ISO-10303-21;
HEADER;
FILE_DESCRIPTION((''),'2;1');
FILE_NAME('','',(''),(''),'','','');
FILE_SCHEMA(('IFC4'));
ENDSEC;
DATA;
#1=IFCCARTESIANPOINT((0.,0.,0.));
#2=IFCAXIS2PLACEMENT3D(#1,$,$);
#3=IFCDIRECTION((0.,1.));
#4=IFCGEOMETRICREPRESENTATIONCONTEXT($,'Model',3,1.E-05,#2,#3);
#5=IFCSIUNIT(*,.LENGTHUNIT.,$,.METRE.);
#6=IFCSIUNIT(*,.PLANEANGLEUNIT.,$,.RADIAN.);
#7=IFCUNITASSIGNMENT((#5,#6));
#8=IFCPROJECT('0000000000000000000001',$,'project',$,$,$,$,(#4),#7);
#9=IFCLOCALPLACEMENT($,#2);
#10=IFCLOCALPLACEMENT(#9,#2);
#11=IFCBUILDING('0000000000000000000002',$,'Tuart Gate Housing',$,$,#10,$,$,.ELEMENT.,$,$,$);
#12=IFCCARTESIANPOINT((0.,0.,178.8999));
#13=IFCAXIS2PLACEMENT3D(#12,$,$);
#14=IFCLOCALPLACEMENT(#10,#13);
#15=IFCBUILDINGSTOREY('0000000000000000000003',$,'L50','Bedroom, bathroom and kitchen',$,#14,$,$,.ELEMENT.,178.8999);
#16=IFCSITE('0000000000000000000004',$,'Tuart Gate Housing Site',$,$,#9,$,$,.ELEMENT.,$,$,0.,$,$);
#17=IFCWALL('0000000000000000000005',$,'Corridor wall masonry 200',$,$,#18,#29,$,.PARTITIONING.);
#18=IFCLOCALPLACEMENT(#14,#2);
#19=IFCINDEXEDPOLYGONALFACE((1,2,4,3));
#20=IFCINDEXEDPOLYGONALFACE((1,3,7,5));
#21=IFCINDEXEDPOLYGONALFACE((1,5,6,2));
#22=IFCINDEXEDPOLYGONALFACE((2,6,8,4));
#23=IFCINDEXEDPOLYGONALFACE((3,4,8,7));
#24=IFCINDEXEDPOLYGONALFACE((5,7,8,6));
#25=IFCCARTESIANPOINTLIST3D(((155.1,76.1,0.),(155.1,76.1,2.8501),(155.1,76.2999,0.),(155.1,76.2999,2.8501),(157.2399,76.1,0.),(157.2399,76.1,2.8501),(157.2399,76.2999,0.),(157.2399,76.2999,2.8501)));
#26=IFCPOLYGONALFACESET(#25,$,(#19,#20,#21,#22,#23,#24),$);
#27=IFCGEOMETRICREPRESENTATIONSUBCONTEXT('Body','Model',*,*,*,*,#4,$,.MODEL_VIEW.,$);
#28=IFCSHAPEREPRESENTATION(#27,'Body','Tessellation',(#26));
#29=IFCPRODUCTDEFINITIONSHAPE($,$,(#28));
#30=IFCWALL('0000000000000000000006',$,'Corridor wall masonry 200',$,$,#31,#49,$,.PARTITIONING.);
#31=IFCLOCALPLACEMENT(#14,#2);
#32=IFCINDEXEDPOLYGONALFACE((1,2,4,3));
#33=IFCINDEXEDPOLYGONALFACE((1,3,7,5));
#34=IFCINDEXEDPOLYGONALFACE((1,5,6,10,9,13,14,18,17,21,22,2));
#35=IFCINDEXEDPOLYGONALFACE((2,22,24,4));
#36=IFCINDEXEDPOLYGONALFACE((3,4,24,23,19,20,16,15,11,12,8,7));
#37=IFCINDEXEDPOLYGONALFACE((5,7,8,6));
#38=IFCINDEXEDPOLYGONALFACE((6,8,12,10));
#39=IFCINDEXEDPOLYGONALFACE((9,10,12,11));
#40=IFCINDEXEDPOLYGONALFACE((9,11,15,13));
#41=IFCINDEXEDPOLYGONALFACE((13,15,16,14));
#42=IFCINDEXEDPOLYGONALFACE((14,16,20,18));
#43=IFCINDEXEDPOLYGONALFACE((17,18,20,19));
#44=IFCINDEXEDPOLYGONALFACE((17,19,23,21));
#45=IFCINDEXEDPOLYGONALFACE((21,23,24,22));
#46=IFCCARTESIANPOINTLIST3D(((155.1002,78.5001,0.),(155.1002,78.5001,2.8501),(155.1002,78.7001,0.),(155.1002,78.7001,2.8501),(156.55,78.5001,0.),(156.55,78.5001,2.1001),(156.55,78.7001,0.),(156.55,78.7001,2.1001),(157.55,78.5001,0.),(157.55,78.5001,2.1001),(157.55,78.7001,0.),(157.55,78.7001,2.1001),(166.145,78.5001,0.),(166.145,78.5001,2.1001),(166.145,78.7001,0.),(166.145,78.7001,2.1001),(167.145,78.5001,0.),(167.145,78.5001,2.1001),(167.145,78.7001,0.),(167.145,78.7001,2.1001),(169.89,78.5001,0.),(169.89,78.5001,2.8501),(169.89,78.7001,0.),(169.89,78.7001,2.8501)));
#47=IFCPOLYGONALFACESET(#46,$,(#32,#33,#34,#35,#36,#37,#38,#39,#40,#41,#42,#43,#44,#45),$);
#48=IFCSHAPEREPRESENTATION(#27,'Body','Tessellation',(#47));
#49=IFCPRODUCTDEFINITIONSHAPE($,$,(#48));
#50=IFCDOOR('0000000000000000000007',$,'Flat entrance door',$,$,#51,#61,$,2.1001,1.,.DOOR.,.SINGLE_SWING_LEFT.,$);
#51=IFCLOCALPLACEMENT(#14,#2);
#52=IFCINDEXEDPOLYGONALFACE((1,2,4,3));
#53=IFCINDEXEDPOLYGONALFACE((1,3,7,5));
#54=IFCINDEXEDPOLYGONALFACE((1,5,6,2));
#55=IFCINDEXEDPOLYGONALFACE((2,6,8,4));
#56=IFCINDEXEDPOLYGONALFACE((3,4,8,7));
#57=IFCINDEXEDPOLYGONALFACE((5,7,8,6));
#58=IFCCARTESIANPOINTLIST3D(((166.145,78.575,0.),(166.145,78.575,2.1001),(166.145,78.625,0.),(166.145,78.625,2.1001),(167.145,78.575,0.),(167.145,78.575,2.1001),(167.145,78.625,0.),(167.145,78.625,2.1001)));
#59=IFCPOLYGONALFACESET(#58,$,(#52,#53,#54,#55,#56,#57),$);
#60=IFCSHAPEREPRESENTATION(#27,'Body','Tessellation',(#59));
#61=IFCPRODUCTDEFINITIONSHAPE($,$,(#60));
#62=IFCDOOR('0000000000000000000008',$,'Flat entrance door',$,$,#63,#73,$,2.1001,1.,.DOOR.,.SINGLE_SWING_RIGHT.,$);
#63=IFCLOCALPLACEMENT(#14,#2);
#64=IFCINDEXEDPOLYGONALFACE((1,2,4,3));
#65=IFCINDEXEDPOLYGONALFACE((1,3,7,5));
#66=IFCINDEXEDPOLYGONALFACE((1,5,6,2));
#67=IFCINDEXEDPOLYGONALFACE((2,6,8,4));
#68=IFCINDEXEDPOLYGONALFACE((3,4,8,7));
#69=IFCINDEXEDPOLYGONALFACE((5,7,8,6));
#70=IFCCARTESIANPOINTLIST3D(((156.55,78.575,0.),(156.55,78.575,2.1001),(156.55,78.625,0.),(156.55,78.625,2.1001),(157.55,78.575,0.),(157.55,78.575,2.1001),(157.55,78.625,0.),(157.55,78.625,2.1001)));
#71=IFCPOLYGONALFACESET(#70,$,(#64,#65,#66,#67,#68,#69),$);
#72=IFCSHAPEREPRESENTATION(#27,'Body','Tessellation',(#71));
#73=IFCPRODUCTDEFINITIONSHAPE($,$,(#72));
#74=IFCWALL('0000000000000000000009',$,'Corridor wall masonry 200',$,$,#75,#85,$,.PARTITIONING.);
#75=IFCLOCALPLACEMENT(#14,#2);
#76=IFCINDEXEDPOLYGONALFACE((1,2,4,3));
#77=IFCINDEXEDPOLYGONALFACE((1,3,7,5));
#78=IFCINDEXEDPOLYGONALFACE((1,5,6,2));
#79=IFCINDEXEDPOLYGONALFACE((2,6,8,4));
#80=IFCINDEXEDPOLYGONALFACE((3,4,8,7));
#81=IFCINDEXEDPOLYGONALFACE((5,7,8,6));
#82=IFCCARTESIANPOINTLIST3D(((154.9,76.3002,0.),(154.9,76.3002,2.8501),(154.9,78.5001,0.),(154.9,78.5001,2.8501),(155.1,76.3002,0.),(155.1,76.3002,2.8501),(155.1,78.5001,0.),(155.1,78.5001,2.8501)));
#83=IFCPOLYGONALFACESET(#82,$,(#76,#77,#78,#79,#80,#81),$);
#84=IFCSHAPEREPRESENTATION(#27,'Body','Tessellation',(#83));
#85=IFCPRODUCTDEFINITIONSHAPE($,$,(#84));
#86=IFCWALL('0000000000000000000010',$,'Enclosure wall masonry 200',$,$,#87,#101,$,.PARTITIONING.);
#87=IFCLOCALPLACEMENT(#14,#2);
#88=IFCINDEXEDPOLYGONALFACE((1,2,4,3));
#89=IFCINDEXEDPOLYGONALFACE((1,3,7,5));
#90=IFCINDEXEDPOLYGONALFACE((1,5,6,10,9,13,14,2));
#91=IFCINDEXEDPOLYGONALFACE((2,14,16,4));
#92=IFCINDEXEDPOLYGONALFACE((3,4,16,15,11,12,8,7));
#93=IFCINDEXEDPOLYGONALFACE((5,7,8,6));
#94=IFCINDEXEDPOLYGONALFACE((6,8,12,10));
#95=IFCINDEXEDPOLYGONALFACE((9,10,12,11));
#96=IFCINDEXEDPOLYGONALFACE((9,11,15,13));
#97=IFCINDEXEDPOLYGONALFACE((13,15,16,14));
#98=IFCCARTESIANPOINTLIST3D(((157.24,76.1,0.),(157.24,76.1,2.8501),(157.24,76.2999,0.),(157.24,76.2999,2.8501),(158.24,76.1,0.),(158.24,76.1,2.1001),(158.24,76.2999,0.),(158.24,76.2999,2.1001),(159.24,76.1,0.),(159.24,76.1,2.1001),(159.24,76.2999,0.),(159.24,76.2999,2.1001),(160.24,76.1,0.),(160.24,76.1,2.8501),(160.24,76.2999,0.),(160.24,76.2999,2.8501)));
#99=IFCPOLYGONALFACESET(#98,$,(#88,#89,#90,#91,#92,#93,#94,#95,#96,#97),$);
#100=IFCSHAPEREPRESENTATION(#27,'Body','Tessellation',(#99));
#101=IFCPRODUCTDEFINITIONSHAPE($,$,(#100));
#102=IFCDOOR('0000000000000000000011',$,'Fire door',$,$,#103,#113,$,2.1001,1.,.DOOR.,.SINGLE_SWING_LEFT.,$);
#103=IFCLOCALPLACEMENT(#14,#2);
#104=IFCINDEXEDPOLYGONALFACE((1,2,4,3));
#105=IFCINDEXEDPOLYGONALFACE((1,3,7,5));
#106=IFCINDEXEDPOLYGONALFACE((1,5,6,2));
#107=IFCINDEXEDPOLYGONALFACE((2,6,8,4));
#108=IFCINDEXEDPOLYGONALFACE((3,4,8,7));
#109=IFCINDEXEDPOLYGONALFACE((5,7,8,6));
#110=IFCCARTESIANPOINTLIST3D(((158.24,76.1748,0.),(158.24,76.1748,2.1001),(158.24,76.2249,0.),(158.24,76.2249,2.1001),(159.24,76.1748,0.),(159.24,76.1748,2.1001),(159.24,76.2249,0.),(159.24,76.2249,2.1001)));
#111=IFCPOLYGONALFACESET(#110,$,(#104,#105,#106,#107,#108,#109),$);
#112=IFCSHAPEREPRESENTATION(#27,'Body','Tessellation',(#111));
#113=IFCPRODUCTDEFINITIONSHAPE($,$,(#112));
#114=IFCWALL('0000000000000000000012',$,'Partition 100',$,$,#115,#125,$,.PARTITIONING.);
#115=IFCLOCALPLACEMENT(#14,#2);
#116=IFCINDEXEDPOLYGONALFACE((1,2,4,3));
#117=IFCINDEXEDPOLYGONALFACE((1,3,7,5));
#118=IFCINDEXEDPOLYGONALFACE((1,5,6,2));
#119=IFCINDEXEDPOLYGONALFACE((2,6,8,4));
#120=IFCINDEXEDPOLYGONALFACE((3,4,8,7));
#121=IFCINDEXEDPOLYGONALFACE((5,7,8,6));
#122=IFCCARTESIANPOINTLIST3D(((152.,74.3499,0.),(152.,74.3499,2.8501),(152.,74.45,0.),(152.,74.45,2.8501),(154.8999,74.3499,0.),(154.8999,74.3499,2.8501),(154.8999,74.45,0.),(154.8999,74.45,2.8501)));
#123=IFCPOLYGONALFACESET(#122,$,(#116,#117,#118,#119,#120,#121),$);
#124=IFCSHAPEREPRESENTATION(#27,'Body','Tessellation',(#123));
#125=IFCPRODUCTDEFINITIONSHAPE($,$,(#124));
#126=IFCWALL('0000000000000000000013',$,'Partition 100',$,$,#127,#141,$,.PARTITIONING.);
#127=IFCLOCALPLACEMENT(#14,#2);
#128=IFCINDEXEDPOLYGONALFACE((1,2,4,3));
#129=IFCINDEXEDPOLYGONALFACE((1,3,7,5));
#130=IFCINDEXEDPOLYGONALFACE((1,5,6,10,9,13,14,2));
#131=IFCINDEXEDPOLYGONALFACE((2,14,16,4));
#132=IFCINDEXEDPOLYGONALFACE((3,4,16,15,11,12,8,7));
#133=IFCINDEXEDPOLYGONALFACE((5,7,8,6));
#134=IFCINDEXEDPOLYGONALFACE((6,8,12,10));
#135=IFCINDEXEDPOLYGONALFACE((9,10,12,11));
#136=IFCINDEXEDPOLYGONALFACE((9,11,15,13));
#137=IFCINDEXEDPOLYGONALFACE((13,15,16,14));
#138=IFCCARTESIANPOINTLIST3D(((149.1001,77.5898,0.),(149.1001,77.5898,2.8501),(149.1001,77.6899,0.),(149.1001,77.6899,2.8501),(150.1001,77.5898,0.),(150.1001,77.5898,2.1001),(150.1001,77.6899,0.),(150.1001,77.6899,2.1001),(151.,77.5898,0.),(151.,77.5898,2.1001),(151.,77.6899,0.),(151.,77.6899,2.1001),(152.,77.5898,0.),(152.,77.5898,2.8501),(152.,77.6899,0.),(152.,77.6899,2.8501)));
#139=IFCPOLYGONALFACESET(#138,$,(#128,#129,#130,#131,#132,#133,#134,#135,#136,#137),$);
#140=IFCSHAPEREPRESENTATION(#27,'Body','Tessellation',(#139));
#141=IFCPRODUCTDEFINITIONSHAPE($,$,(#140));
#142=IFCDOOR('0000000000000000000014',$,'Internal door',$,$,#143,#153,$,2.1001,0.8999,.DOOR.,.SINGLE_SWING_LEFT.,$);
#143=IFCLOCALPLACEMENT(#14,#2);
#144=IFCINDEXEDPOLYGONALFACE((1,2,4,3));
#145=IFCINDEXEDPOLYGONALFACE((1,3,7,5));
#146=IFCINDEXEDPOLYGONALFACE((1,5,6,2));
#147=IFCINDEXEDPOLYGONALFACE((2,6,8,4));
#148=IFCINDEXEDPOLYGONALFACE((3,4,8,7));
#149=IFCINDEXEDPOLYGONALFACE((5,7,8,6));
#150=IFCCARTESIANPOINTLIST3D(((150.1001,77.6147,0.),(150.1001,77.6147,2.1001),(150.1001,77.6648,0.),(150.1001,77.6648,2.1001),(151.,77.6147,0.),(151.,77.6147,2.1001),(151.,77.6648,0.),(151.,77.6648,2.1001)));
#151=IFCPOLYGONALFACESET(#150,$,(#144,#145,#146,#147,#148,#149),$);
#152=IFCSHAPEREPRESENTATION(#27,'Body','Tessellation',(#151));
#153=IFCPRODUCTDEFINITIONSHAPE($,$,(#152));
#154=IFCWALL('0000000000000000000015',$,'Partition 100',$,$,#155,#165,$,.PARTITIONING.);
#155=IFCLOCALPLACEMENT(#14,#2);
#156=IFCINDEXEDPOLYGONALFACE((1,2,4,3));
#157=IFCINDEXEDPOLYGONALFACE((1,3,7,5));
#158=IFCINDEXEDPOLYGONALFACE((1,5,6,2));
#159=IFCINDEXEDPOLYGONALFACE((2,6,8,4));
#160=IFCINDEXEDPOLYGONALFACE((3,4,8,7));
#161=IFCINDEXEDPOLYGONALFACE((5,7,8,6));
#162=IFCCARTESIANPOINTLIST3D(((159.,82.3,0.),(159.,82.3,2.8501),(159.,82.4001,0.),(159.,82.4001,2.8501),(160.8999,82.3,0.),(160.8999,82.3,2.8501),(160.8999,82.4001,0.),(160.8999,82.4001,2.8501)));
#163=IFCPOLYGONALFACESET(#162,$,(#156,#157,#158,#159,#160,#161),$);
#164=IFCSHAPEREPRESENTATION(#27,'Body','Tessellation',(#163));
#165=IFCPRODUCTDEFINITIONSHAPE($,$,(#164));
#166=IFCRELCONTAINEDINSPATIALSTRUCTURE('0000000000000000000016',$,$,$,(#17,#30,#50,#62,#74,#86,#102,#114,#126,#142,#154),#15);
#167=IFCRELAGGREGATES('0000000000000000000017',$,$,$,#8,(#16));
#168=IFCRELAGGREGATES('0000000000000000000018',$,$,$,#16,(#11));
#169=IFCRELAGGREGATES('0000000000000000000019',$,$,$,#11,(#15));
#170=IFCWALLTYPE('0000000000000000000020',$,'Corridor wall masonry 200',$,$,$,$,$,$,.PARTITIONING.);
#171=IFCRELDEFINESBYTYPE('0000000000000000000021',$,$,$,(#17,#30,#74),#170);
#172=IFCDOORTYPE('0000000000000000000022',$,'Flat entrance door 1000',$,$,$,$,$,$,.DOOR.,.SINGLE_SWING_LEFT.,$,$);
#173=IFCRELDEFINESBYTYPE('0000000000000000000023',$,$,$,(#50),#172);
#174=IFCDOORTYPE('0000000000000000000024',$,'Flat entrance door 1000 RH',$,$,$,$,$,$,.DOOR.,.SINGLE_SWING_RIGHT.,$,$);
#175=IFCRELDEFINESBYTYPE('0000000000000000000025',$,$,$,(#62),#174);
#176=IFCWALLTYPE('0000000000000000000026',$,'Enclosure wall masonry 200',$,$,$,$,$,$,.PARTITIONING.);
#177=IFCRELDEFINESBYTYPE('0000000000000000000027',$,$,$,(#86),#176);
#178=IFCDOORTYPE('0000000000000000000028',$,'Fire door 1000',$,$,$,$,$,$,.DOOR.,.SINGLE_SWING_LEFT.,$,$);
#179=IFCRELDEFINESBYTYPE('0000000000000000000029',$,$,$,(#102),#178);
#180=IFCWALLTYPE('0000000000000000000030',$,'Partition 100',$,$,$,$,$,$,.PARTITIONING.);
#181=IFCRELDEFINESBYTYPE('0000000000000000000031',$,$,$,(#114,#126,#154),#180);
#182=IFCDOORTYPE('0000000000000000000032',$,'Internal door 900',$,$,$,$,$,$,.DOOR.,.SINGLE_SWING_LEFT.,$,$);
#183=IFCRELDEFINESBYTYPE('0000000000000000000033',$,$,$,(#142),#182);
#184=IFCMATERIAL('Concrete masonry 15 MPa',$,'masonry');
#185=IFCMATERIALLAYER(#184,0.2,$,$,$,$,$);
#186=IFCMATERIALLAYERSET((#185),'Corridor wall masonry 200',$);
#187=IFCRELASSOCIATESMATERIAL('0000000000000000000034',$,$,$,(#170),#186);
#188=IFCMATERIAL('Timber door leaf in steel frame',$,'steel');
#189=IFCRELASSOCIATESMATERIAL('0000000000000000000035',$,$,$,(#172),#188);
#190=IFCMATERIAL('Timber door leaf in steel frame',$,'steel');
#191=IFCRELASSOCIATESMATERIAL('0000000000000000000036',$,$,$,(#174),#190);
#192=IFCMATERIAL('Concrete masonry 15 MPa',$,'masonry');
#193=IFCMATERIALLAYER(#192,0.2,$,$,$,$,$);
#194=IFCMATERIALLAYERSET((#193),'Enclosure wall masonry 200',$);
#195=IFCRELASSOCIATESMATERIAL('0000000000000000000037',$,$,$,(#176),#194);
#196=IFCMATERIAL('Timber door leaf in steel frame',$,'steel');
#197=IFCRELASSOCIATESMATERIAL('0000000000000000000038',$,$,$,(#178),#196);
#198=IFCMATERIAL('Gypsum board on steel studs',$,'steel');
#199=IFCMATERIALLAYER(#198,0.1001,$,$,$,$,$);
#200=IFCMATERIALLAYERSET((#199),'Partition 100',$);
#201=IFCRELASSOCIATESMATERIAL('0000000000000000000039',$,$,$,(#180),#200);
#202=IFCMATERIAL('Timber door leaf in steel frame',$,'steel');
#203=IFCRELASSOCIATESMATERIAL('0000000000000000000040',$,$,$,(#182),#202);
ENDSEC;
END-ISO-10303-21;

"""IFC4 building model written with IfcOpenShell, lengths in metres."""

from ifc_helpers import new_model, si_unit, direction, frame, frame_2d, origin, place, context, subcontext, project, spatial, rectangle, extrude, material, layer, layer_set, type_object, element, fill, save


model = new_model("IFC4")

# Units and contexts
model_context = context("Model", 3, precision=1e-05, world=origin(), true_north=direction((0.0, 1.0)))
body_context = subcontext(model_context, "Body", "Model", "MODEL_VIEW")
ifc_project = project(units=[si_unit("LENGTHUNIT", "METRE"), si_unit("PLANEANGLEUNIT", "RADIAN")], contexts=[model_context])

# Site, building, storey
site_placement = place(None, origin())
site = spatial("IfcSite", under=ifc_project, at=site_placement, Name="Tuart Gate Housing Site", CompositionType="ELEMENT", RefElevation=0.0)
building_placement = place(site_placement, origin())
building = spatial("IfcBuilding", under=site, at=building_placement, Name="Tuart Gate Housing", CompositionType="ELEMENT")
storey_placement = place(building_placement, frame((0.0, 0.0, 178.8999)))
storey = spatial("IfcBuildingStorey", under=building, at=storey_placement, Name="L50", Description="Bedroom, bathroom and kitchen", CompositionType="ELEMENT", Elevation=178.8999)

# Wall
ifc_material_1 = material(Name="Concrete masonry 15 MPa", Category="masonry")
ifc_layer_1 = layer(ifc_material_1, 0.2)
ifc_layer_set_1 = layer_set([ifc_layer_1], Name="Corridor wall masonry 200")
wall_type_1 = type_object("IfcWallType", Name="Corridor wall masonry 200", PredefinedType="PARTITIONING", material=ifc_layer_set_1)
wall_1_placement = place(storey_placement, frame((155.1001, 76.2, 0.0), z_axis=(0.0, 0.0, 1.0), x_axis=(1.0, 0.0, 0.0)))
element("IfcWall", 1, at=wall_1_placement, inside=storey, type_object=wall_type_1, Name="Corridor wall masonry 200", PredefinedType="PARTITIONING", context=body_context, shape_type="SweptSolid", body=[
    extrude(rectangle(XDim=2.1399, YDim=0.2, at=frame_2d((1.0698, 0.0))), origin(), (0.0, 0.0, 1.0), 2.8501),
])

# Wall, openings, doors
wall_2_placement = place(storey_placement, frame((155.1001, 78.6001, 0.0), z_axis=(0.0, 0.0, 1.0), x_axis=(1.0, 0.0, 0.0)))
wall_2 = element("IfcWall", 2, at=wall_2_placement, inside=storey, type_object=wall_type_1, Name="Corridor wall masonry 200", PredefinedType="PARTITIONING", context=body_context, shape_type="SweptSolid", body=[
    extrude(rectangle(XDim=14.7898, YDim=0.2, at=frame_2d((7.395, 0.0))), origin(), (0.0, 0.0, 1.0), 2.8501),
])
opening_1_placement = place(wall_2_placement, frame((1.45, 0.0, 0.0)))
opening_1 = element("IfcOpeningElement", 3, at=opening_1_placement, cuts=wall_2, PredefinedType="OPENING", context=body_context, shape_type="SweptSolid", body=[
    extrude(rectangle(XDim=1.0, YDim=2.1001, at=frame_2d((0.5, 1.05))), frame((0.0, 0.1099, 0.0), z_axis=(0.0, -1.0, 0.0), x_axis=(1.0, 0.0, 0.0)), (0.0, 0.0, 1.0), 0.22),
])
opening_2_placement = place(wall_2_placement, frame((11.0449, 0.0, 0.0)))
opening_2 = element("IfcOpeningElement", 4, at=opening_2_placement, cuts=wall_2, PredefinedType="OPENING", context=body_context, shape_type="SweptSolid", body=[
    extrude(rectangle(XDim=1.0, YDim=2.1001, at=frame_2d((0.5, 1.05))), frame((0.0, 0.1099, 0.0), z_axis=(0.0, -1.0, 0.0), x_axis=(1.0, 0.0, 0.0)), (0.0, 0.0, 1.0), 0.22),
])
ifc_material_2 = material(Name="Timber door leaf in steel frame", Category="steel")
door_type_1 = type_object("IfcDoorType", Name="Flat entrance door 1000", OperationType="SINGLE_SWING_LEFT", PredefinedType="DOOR", material=ifc_material_2)
door_1_placement = place(opening_2_placement, origin())
door_1 = element("IfcDoor", 5, at=door_1_placement, inside=storey, type_object=door_type_1, Name="Flat entrance door", OperationType="SINGLE_SWING_LEFT", OverallHeight=2.1001, OverallWidth=1.0, PredefinedType="DOOR", context=body_context, shape_type="SweptSolid", body=[
    extrude(rectangle(XDim=1.0, YDim=2.1001, at=frame_2d((0.5, 1.05))), frame((0.0, 0.0249, 0.0), z_axis=(0.0, -1.0, 0.0), x_axis=(1.0, 0.0, 0.0)), (0.0, 0.0, 1.0), 0.05),
])
fill(opening_2, door_1)
ifc_material_3 = material(Name="Timber door leaf in steel frame", Category="steel")
door_type_2 = type_object("IfcDoorType", Name="Flat entrance door 1000 RH", OperationType="SINGLE_SWING_RIGHT", PredefinedType="DOOR", material=ifc_material_3)
door_2_placement = place(opening_1_placement, origin())
door_2 = element("IfcDoor", 6, at=door_2_placement, inside=storey, type_object=door_type_2, Name="Flat entrance door", OperationType="SINGLE_SWING_RIGHT", OverallHeight=2.1001, OverallWidth=1.0, PredefinedType="DOOR", context=body_context, shape_type="SweptSolid", body=[
    extrude(rectangle(XDim=1.0, YDim=2.1001, at=frame_2d((0.5, 1.05))), frame((0.0, 0.0249, 0.0), z_axis=(0.0, -1.0, 0.0), x_axis=(1.0, 0.0, 0.0)), (0.0, 0.0, 1.0), 0.05),
])
fill(opening_1, door_2)

# Wall
wall_3_placement = place(storey_placement, frame((155.0, 76.3, 0.0), z_axis=(0.0, 0.0, 1.0), x_axis=(0.0, 1.0, 0.0)))
element("IfcWall", 7, at=wall_3_placement, inside=storey, type_object=wall_type_1, Name="Corridor wall masonry 200", PredefinedType="PARTITIONING", context=body_context, shape_type="SweptSolid", body=[
    extrude(rectangle(XDim=2.2, YDim=0.2, at=frame_2d((1.1001, 0.0))), origin(), (0.0, 0.0, 1.0), 2.8501),
])

# Wall, opening, door
ifc_material_4 = material(Name="Concrete masonry 15 MPa", Category="masonry")
ifc_layer_2 = layer(ifc_material_4, 0.2)
ifc_layer_set_2 = layer_set([ifc_layer_2], Name="Enclosure wall masonry 200")
wall_type_2 = type_object("IfcWallType", Name="Enclosure wall masonry 200", PredefinedType="PARTITIONING", material=ifc_layer_set_2)
wall_4_placement = place(storey_placement, frame((157.24, 76.2, 0.0), z_axis=(0.0, 0.0, 1.0), x_axis=(1.0, 0.0, 0.0)))
wall_4 = element("IfcWall", 8, at=wall_4_placement, inside=storey, type_object=wall_type_2, Name="Enclosure wall masonry 200", PredefinedType="PARTITIONING", context=body_context, shape_type="SweptSolid", body=[
    extrude(rectangle(XDim=3.0, YDim=0.2, at=frame_2d((1.5, 0.0))), origin(), (0.0, 0.0, 1.0), 2.8501),
])
opening_3_placement = place(wall_4_placement, frame((1.0, 0.0, 0.0)))
opening_3 = element("IfcOpeningElement", 9, at=opening_3_placement, cuts=wall_4, PredefinedType="OPENING", context=body_context, shape_type="SweptSolid", body=[
    extrude(rectangle(XDim=1.0, YDim=2.1001, at=frame_2d((0.5, 1.05))), frame((0.0, 0.1099, 0.0), z_axis=(0.0, -1.0, 0.0), x_axis=(1.0, 0.0, 0.0)), (0.0, 0.0, 1.0), 0.22),
])
ifc_material_5 = material(Name="Timber door leaf in steel frame", Category="steel")
door_type_3 = type_object("IfcDoorType", Name="Fire door 1000", OperationType="SINGLE_SWING_LEFT", PredefinedType="DOOR", material=ifc_material_5)
door_3_placement = place(opening_3_placement, origin())
door_3 = element("IfcDoor", 10, at=door_3_placement, inside=storey, type_object=door_type_3, Name="Fire door", OperationType="SINGLE_SWING_LEFT", OverallHeight=2.1001, OverallWidth=1.0, PredefinedType="DOOR", context=body_context, shape_type="SweptSolid", body=[
    extrude(rectangle(XDim=1.0, YDim=2.1001, at=frame_2d((0.5, 1.05))), frame((0.0, 0.0249, 0.0), z_axis=(0.0, -1.0, 0.0), x_axis=(1.0, 0.0, 0.0)), (0.0, 0.0, 1.0), 0.05),
])
fill(opening_3, door_3)

# Wall
ifc_material_6 = material(Name="Gypsum board on steel studs", Category="steel")
ifc_layer_3 = layer(ifc_material_6, 0.1001)
ifc_layer_set_3 = layer_set([ifc_layer_3], Name="Partition 100")
wall_type_3 = type_object("IfcWallType", Name="Partition 100", PredefinedType="PARTITIONING", material=ifc_layer_set_3)
wall_5_placement = place(storey_placement, frame((152.0, 74.3999, 0.0), z_axis=(0.0, 0.0, 1.0), x_axis=(1.0, 0.0, 0.0)))
element("IfcWall", 11, at=wall_5_placement, inside=storey, type_object=wall_type_3, Name="Partition 100", PredefinedType="PARTITIONING", context=body_context, shape_type="SweptSolid", body=[
    extrude(rectangle(XDim=2.8999, YDim=0.1001, at=frame_2d((1.45, 0.0))), origin(), (0.0, 0.0, 1.0), 2.8501),
])

# Wall, opening, door
wall_6_placement = place(storey_placement, frame((149.1001, 77.6399, 0.0), z_axis=(0.0, 0.0, 1.0), x_axis=(1.0, 0.0, 0.0)))
wall_6 = element("IfcWall", 12, at=wall_6_placement, inside=storey, type_object=wall_type_3, Name="Partition 100", PredefinedType="PARTITIONING", context=body_context, shape_type="SweptSolid", body=[
    extrude(rectangle(XDim=2.8999, YDim=0.1001, at=frame_2d((1.45, 0.0))), origin(), (0.0, 0.0, 1.0), 2.8501),
])
opening_4_placement = place(wall_6_placement, frame((1.0, 0.0, 0.0)))
opening_4 = element("IfcOpeningElement", 13, at=opening_4_placement, cuts=wall_6, PredefinedType="OPENING", context=body_context, shape_type="SweptSolid", body=[
    extrude(rectangle(XDim=0.8999, YDim=2.1001, at=frame_2d((0.45, 1.05))), frame((0.0, 0.0601, 0.0), z_axis=(0.0, -1.0, 0.0), x_axis=(1.0, 0.0, 0.0)), (0.0, 0.0, 1.0), 0.1201),
])
ifc_material_7 = material(Name="Timber door leaf in steel frame", Category="steel")
door_type_4 = type_object("IfcDoorType", Name="Internal door 900", OperationType="SINGLE_SWING_LEFT", PredefinedType="DOOR", material=ifc_material_7)
door_4_placement = place(opening_4_placement, frame((0.8999, 0.0, 0.0), z_axis=(0.0, 0.0, 1.0), x_axis=(-1.0, 0.0, 0.0)))
door_4 = element("IfcDoor", 14, at=door_4_placement, inside=storey, type_object=door_type_4, Name="Internal door", OperationType="SINGLE_SWING_LEFT", OverallHeight=2.1001, OverallWidth=0.8999, PredefinedType="DOOR", context=body_context, shape_type="SweptSolid", body=[
    extrude(rectangle(XDim=0.8999, YDim=2.1001, at=frame_2d((0.45, 1.05))), frame((0.0, 0.0251, 0.0), z_axis=(0.0, -1.0, 0.0), x_axis=(1.0, 0.0, 0.0)), (0.0, 0.0, 1.0), 0.05),
])
fill(opening_4, door_4)

# Wall
wall_7_placement = place(storey_placement, frame((159.0, 82.3501, 0.0), z_axis=(0.0, 0.0, 1.0), x_axis=(1.0, 0.0, 0.0)))
element("IfcWall", 15, at=wall_7_placement, inside=storey, type_object=wall_type_3, Name="Partition 100", PredefinedType="PARTITIONING", context=body_context, shape_type="SweptSolid", body=[
    extrude(rectangle(XDim=1.8999, YDim=0.1001, at=frame_2d((0.95, 0.0))), origin(), (0.0, 0.0, 1.0), 2.8501),
])

save(model, "model.ifc")
